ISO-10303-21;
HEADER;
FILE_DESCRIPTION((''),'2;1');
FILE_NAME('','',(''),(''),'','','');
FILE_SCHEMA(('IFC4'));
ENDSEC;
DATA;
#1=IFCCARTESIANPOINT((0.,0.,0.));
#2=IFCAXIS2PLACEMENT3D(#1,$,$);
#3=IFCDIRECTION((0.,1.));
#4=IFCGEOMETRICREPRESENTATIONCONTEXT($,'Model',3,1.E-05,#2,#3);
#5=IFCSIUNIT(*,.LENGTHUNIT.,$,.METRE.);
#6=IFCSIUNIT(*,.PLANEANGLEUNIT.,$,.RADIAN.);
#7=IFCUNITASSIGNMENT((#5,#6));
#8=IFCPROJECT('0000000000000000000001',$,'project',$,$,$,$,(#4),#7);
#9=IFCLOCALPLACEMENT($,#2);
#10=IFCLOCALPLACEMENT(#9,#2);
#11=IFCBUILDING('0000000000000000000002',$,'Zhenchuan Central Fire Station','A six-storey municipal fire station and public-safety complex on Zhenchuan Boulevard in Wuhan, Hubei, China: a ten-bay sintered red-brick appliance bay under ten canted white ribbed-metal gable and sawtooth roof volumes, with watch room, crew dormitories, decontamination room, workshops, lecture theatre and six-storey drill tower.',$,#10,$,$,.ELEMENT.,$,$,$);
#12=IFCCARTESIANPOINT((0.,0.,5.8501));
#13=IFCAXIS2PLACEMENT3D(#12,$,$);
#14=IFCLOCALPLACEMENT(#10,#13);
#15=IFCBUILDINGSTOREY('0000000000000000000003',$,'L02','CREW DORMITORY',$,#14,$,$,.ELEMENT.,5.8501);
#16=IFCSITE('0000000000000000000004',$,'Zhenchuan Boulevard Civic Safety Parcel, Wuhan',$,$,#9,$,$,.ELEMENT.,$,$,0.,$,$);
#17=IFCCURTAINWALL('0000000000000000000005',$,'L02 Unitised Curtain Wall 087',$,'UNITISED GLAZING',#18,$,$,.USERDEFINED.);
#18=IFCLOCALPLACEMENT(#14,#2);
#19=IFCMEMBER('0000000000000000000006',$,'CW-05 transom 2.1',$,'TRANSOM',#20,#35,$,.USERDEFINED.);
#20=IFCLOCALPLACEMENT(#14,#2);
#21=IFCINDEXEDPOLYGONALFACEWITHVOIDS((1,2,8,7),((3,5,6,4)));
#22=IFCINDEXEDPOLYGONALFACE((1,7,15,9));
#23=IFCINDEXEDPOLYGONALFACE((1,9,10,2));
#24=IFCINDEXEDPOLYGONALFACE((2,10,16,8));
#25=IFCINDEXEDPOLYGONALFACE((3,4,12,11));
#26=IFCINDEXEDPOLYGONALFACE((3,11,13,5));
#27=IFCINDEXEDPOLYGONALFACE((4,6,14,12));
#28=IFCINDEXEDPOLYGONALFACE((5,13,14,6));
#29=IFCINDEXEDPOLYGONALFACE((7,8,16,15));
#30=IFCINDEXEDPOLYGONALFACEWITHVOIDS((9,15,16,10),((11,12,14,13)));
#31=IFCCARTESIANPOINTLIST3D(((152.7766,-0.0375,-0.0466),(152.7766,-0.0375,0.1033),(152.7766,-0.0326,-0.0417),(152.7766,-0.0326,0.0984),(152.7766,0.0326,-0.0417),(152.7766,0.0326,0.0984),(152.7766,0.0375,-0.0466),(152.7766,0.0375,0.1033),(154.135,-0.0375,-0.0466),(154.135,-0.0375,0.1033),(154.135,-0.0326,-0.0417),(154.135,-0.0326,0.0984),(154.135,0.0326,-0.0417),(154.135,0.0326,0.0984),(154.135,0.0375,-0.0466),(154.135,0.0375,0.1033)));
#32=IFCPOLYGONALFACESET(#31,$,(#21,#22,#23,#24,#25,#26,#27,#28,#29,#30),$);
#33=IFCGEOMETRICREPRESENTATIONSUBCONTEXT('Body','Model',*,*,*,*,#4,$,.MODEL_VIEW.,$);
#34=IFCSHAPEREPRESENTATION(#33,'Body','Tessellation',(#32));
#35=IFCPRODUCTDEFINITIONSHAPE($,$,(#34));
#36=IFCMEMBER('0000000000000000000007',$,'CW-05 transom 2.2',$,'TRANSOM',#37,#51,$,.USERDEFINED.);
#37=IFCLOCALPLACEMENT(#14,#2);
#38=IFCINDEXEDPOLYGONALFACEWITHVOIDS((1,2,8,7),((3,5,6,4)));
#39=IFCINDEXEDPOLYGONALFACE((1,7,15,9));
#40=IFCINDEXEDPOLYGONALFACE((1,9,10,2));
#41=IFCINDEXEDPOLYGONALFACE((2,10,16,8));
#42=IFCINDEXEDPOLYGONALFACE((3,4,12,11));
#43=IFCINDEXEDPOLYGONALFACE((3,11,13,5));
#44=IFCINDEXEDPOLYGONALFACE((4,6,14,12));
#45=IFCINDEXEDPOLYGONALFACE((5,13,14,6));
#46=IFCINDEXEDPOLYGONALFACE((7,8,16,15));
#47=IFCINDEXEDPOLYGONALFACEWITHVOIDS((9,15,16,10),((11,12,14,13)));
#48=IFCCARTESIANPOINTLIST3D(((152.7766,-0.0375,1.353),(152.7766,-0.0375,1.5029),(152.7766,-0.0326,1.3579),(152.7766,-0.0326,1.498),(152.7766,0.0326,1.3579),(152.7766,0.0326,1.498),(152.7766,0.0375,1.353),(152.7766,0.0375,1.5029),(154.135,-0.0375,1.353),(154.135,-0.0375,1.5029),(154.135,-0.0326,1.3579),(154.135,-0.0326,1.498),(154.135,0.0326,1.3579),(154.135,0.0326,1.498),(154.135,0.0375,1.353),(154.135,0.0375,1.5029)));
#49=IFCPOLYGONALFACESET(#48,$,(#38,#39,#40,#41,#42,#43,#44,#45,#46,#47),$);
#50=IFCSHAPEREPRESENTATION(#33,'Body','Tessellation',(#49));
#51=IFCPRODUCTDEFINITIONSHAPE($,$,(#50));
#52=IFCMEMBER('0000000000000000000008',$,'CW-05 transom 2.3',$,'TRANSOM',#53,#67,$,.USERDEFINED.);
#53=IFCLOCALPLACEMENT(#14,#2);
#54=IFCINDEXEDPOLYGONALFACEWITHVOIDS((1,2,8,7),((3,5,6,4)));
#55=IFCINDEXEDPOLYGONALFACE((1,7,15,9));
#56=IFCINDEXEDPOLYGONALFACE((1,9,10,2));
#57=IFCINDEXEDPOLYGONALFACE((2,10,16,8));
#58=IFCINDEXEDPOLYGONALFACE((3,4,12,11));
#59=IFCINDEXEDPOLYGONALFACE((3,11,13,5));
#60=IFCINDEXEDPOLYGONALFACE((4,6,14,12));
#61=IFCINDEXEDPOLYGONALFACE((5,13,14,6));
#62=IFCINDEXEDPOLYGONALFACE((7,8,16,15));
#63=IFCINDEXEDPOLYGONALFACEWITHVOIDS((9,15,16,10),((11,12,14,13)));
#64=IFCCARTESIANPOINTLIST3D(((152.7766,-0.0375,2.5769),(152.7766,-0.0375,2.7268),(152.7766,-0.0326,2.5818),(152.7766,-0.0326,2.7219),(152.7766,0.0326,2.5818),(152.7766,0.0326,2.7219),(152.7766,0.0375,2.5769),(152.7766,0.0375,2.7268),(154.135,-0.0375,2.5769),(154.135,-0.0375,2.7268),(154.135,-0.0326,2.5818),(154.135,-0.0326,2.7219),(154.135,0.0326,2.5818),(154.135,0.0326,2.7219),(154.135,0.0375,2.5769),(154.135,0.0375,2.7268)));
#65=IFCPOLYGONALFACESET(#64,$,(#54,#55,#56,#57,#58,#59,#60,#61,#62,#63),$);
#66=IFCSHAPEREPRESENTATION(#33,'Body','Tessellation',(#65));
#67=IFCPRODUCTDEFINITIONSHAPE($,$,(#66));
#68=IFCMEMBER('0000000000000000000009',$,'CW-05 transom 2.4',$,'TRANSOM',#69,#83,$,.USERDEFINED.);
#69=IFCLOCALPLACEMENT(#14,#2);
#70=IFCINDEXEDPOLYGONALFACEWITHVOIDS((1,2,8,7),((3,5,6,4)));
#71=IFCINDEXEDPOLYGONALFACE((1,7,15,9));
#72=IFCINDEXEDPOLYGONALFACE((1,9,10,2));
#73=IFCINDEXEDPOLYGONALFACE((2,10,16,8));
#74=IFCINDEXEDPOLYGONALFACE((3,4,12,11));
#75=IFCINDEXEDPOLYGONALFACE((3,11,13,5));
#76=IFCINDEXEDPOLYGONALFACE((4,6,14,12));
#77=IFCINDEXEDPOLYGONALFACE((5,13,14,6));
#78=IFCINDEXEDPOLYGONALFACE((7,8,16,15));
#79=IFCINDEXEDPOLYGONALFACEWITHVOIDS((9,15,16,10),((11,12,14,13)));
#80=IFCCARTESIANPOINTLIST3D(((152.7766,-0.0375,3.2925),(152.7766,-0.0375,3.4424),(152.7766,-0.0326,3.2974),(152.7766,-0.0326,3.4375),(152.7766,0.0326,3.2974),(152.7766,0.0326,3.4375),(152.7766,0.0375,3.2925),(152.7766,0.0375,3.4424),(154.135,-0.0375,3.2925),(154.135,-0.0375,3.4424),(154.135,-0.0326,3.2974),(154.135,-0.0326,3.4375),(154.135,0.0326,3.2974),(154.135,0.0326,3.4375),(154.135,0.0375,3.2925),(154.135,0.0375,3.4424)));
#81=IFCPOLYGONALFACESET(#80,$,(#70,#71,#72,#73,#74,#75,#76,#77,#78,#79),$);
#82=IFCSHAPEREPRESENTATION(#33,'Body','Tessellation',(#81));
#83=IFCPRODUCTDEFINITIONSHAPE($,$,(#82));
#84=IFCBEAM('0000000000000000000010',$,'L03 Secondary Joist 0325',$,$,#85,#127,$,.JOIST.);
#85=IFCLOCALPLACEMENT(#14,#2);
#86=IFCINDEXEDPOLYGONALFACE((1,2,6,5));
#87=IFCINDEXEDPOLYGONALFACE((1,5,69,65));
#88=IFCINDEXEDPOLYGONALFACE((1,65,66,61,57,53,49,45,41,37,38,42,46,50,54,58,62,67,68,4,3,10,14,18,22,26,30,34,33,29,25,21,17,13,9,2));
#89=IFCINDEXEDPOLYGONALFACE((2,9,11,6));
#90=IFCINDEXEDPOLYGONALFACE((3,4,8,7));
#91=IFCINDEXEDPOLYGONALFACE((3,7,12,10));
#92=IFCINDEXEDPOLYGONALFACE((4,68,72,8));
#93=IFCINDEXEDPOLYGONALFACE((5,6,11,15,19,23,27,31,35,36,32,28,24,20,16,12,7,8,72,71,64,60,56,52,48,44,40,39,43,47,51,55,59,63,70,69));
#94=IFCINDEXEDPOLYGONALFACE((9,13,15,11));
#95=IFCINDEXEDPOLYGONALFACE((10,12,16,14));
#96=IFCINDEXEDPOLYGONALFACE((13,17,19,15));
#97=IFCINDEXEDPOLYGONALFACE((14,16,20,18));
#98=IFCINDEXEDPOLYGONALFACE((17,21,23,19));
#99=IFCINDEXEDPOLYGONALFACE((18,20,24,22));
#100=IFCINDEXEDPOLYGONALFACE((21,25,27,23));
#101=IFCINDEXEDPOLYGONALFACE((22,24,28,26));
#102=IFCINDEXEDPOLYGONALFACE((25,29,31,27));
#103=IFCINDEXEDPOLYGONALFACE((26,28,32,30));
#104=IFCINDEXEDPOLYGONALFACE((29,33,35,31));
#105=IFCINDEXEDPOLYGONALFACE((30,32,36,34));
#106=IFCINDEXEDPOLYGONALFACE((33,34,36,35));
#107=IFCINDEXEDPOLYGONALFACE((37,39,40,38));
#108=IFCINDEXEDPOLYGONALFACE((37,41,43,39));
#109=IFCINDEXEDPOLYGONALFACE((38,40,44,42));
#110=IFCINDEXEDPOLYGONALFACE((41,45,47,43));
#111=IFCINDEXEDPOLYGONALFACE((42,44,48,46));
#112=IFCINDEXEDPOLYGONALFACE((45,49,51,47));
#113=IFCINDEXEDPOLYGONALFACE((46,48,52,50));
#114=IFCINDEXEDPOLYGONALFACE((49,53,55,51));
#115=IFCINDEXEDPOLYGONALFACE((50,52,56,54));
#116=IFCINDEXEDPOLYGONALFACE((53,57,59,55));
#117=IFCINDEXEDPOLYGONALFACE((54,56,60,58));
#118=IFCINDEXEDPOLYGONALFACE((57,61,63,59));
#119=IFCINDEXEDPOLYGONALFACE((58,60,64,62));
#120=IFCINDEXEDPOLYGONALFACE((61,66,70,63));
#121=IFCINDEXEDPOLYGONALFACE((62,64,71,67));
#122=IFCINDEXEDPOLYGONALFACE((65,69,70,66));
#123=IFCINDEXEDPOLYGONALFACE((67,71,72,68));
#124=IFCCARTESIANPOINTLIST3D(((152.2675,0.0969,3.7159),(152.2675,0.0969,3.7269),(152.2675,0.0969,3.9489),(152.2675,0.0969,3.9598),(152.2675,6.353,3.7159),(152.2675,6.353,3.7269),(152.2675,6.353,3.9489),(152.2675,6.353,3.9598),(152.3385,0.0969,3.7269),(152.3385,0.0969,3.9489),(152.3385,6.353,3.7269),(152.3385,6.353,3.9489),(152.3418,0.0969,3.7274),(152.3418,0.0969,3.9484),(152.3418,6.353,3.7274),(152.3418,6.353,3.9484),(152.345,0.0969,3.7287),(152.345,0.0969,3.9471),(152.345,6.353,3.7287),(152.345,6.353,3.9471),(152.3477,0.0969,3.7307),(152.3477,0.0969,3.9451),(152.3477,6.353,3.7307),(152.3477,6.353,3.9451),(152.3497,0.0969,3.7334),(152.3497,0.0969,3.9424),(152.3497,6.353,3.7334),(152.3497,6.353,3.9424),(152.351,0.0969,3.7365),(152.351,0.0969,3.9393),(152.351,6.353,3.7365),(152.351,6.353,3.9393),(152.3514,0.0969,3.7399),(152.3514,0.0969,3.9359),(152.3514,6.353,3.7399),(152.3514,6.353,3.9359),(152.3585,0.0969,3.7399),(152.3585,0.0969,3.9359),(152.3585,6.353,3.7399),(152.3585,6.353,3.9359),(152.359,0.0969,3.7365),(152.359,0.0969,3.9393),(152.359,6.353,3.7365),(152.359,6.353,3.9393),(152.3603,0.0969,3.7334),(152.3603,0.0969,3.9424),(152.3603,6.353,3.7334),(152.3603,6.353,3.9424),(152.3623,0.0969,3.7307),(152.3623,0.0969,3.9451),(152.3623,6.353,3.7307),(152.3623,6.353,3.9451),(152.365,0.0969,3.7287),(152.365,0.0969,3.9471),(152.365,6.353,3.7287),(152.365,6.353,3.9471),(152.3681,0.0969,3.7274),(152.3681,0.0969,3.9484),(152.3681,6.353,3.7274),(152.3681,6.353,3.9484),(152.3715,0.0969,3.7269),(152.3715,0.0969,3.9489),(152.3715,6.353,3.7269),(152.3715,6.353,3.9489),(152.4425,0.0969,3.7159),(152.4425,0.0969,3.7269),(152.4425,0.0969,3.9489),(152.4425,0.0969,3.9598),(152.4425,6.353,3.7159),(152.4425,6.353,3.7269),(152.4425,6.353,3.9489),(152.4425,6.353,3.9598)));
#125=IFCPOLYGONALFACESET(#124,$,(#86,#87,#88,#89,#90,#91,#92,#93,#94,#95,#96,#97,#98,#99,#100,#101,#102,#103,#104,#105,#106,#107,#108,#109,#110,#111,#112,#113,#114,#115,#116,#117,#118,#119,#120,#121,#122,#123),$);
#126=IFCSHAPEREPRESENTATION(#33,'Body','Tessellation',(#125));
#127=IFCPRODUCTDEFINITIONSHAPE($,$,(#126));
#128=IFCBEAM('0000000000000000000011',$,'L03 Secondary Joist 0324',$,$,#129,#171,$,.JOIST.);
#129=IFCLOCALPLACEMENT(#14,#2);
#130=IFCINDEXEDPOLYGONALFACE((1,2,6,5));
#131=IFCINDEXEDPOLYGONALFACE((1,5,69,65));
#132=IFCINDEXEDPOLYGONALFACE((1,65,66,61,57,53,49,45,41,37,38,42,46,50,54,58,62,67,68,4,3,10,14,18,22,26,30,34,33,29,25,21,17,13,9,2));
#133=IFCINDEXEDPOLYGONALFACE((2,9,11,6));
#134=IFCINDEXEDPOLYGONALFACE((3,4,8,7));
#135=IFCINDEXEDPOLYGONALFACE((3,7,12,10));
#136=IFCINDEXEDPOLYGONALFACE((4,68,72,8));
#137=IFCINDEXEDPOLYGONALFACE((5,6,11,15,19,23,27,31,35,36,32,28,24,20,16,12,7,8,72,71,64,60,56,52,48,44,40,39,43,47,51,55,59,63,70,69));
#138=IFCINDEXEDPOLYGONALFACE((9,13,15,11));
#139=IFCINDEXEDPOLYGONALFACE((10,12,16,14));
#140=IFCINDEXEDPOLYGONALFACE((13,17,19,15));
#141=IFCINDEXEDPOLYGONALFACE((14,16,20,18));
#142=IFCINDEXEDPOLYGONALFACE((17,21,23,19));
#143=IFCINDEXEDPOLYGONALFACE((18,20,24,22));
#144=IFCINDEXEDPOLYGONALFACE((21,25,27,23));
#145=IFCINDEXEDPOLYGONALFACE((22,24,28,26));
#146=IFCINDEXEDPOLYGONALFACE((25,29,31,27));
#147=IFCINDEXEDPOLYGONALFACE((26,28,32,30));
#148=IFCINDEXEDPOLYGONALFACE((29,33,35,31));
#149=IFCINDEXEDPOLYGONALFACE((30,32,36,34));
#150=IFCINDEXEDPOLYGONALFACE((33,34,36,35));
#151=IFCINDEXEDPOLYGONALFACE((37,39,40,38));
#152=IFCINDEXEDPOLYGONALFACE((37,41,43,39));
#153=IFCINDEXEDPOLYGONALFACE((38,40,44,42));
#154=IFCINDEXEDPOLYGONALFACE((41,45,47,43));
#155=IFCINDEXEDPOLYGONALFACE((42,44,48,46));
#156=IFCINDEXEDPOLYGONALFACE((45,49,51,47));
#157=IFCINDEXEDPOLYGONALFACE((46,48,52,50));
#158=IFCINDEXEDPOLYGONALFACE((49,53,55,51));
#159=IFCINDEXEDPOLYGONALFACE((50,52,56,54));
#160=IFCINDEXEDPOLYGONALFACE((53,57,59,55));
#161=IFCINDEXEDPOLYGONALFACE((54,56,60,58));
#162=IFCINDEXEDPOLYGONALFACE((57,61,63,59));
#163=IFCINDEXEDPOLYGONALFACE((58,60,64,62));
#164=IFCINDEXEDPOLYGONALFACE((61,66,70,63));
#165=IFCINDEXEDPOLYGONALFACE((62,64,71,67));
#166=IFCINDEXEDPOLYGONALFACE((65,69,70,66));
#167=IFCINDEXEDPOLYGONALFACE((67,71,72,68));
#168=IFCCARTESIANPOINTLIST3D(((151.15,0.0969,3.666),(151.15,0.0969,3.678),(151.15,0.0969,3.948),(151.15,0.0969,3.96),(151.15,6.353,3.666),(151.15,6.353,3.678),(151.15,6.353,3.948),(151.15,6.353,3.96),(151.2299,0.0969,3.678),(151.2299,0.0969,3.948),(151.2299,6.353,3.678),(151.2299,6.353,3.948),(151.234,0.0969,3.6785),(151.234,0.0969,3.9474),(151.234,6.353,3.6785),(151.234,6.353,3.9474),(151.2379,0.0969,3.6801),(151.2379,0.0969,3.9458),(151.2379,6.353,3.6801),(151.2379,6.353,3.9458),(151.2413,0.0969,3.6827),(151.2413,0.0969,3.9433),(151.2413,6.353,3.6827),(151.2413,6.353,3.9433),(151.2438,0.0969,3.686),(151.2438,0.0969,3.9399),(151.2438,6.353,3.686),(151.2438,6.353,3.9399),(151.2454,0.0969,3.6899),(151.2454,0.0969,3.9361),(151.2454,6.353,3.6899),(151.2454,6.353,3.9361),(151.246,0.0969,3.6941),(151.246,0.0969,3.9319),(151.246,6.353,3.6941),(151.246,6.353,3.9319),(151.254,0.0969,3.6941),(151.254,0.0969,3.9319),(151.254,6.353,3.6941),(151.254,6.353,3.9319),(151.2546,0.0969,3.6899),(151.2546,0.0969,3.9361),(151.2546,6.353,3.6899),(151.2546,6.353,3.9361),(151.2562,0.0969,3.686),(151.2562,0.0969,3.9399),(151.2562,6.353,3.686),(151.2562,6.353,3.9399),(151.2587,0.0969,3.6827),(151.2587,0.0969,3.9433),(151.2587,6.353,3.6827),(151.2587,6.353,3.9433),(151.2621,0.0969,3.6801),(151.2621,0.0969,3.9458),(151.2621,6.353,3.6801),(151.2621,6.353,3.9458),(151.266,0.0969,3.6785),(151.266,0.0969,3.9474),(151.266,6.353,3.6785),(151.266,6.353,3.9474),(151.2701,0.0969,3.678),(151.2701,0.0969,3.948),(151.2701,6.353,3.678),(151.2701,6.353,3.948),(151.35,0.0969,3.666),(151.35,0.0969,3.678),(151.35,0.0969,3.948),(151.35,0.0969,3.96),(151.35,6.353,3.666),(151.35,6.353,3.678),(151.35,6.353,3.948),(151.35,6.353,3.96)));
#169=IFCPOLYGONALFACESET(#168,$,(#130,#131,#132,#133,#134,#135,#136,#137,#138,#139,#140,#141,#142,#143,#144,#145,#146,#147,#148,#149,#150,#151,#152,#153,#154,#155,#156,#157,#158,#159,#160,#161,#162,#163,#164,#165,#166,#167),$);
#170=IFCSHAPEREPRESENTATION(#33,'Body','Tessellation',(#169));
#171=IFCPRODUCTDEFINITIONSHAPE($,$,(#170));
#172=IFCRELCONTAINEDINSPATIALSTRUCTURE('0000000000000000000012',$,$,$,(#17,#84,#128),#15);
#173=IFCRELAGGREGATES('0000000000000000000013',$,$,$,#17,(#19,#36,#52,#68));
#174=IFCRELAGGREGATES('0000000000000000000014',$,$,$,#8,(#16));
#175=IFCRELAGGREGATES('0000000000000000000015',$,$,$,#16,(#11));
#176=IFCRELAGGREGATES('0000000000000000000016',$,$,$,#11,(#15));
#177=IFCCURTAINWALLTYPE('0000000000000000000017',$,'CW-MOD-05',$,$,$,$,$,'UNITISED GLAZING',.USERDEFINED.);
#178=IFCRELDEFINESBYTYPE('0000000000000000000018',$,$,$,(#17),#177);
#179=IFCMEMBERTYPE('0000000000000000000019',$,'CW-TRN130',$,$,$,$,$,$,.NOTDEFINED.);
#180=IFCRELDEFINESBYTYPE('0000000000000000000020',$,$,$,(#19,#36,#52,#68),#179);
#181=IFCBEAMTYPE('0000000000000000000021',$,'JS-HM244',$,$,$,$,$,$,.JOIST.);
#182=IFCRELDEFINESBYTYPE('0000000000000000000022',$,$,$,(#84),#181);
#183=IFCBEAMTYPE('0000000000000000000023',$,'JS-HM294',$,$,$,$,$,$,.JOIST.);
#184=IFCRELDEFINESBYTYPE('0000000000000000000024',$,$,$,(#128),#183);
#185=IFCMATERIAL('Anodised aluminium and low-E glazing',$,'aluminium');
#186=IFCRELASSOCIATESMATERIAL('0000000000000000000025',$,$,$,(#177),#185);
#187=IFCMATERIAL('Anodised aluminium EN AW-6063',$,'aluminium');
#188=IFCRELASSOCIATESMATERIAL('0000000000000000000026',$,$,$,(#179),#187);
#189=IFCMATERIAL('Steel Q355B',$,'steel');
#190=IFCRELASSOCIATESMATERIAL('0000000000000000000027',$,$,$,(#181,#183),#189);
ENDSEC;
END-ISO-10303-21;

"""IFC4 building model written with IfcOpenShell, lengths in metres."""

from ifc_helpers import new_model, si_unit, direction, frame, origin, origin_2d, place, context, subcontext, project, spatial, hollow_rectangle, i_section, extrude, material, material_profile, profile_set, type_object, element, aggregate, save


model = new_model("IFC4")

# Units and contexts
model_context = context("Model", 3, precision=1e-05, world=origin(), true_north=direction((0.0, 1.0)))
body_context = subcontext(model_context, "Body", "Model", "MODEL_VIEW")
ifc_project = project(units=[si_unit("LENGTHUNIT", "METRE"), si_unit("PLANEANGLEUNIT", "RADIAN")], contexts=[model_context])

# Site, building, storey
site_placement = place(None, origin())
site = spatial("IfcSite", under=ifc_project, at=site_placement, Name="Zhenchuan Boulevard Civic Safety Parcel, Wuhan", CompositionType="ELEMENT", RefElevation=0.0)
building_placement = place(site_placement, origin())
building = spatial("IfcBuilding", under=site, at=building_placement, Name="Zhenchuan Central Fire Station", Description="A six-storey municipal fire station and public-safety complex on Zhenchuan Boulevard in Wuhan, Hubei, China: a ten-bay sintered red-brick appliance bay under ten canted white ribbed-metal gable and sawtooth roof volumes, with watch room, crew dormitories, decontamination room, workshops, lecture theatre and six-storey drill tower.", CompositionType="ELEMENT")
storey_placement = place(building_placement, frame((0.0, 0.0, 5.8501)))
storey = spatial("IfcBuildingStorey", under=building, at=storey_placement, Name="L02", Description="CREW DORMITORY", CompositionType="ELEMENT", Elevation=5.8501)

# Shared definitions
ifc_material_1 = material(Name="Steel Q355B", Category="steel")

# Curtain wall
ifc_material_2 = material(Name="Anodised aluminium and low-E glazing", Category="aluminium")
ifc_material_3 = material(Name="Anodised aluminium EN AW-6063", Category="aluminium")
curtain_wall_type_1 = type_object("IfcCurtainWallType", Name="CW-MOD-05", ElementType="UNITISED GLAZING", PredefinedType="USERDEFINED", material=ifc_material_2)
curtain_wall_1_placement = place(storey_placement, origin())
curtain_wall_1 = element("IfcCurtainWall", 1, at=curtain_wall_1_placement, inside=storey, type_object=curtain_wall_type_1, Name="L02 Unitised Curtain Wall 087", ObjectType="UNITISED GLAZING", PredefinedType="USERDEFINED")

# Members
ifc_material_profile_1 = material_profile(ifc_material_3, hollow_rectangle(XDim=0.075, YDim=0.1499, WallThickness=0.0049, at=origin_2d()), Name="ALU-T 150x75")
ifc_profile_set_1 = profile_set([ifc_material_profile_1], Name="Anodised aluminium EN AW-6063")
member_type_1 = type_object("IfcMemberType", Name="CW-TRN130", PredefinedType="NOTDEFINED", material=ifc_profile_set_1)
member_1_placement = place(storey_placement, frame((152.7766, 0.0, 0.0283), z_axis=(1.0, 0.0, 0.0), x_axis=(0.0, 1.0, 0.0)))
member_1 = element("IfcMember", 2, at=member_1_placement, type_object=member_type_1, Name="CW-05 transom 2.1", ObjectType="TRANSOM", PredefinedType="USERDEFINED", context=body_context, shape_type="SweptSolid", body=[
    extrude(hollow_rectangle(XDim=0.075, YDim=0.1499, WallThickness=0.0049, at=origin_2d()), origin(), (0.0, 0.0, 1.0), 1.3584),
])
member_2_placement = place(storey_placement, frame((152.7766, 0.0, 1.428), z_axis=(1.0, 0.0, 0.0), x_axis=(0.0, 1.0, 0.0)))
member_2 = element("IfcMember", 3, at=member_2_placement, type_object=member_type_1, Name="CW-05 transom 2.2", ObjectType="TRANSOM", PredefinedType="USERDEFINED", context=body_context, shape_type="SweptSolid", body=[
    extrude(hollow_rectangle(XDim=0.075, YDim=0.1499, WallThickness=0.0049, at=origin_2d()), origin(), (0.0, 0.0, 1.0), 1.3584),
])
member_3_placement = place(storey_placement, frame((152.7766, 0.0, 2.6519), z_axis=(1.0, 0.0, 0.0), x_axis=(0.0, 1.0, 0.0)))
member_3 = element("IfcMember", 4, at=member_3_placement, type_object=member_type_1, Name="CW-05 transom 2.3", ObjectType="TRANSOM", PredefinedType="USERDEFINED", context=body_context, shape_type="SweptSolid", body=[
    extrude(hollow_rectangle(XDim=0.075, YDim=0.1499, WallThickness=0.0049, at=origin_2d()), origin(), (0.0, 0.0, 1.0), 1.3584),
])
member_4_placement = place(storey_placement, frame((152.7766, 0.0, 3.3674), z_axis=(1.0, 0.0, 0.0), x_axis=(0.0, 1.0, 0.0)))
member_4 = element("IfcMember", 5, at=member_4_placement, type_object=member_type_1, Name="CW-05 transom 2.4", ObjectType="TRANSOM", PredefinedType="USERDEFINED", context=body_context, shape_type="SweptSolid", body=[
    extrude(hollow_rectangle(XDim=0.075, YDim=0.1499, WallThickness=0.0049, at=origin_2d()), origin(), (0.0, 0.0, 1.0), 1.3584),
])

# Beams
ifc_material_profile_2 = material_profile(ifc_material_1, i_section(OverallWidth=0.175, OverallDepth=0.2439, WebThickness=0.0071, FlangeThickness=0.011, FilletRadius=0.0129, at=origin_2d()), Name="HM 244x175")
ifc_profile_set_2 = profile_set([ifc_material_profile_2], Name="Steel Q355B")
beam_type_1 = type_object("IfcBeamType", Name="JS-HM244", PredefinedType="JOIST", material=ifc_profile_set_2)
beam_1_placement = place(storey_placement, frame((152.355, 0.0969, 3.8379), z_axis=(0.0, 1.0, 0.0), x_axis=(-1.0, 0.0, 0.0)))
element("IfcBeam", 6, at=beam_1_placement, inside=storey, type_object=beam_type_1, Name="L03 Secondary Joist 0325", PredefinedType="JOIST", context=body_context, shape_type="SweptSolid", body=[
    extrude(i_section(OverallWidth=0.175, OverallDepth=0.2439, WebThickness=0.0071, FlangeThickness=0.011, FilletRadius=0.0129, at=origin_2d()), origin(), (0.0, 0.0, 1.0), 6.2561),
])
ifc_material_profile_3 = material_profile(ifc_material_1, i_section(OverallWidth=0.2, OverallDepth=0.2939, WebThickness=0.0081, FlangeThickness=0.012, FilletRadius=0.0161, at=origin_2d()), Name="HM 294x200")
ifc_profile_set_3 = profile_set([ifc_material_profile_3], Name="Steel Q355B")
beam_type_2 = type_object("IfcBeamType", Name="JS-HM294", PredefinedType="JOIST", material=ifc_profile_set_3)
beam_2_placement = place(storey_placement, frame((151.25, 0.0969, 3.813), z_axis=(0.0, 1.0, 0.0), x_axis=(-1.0, 0.0, 0.0)))
element("IfcBeam", 7, at=beam_2_placement, inside=storey, type_object=beam_type_2, Name="L03 Secondary Joist 0324", PredefinedType="JOIST", context=body_context, shape_type="SweptSolid", body=[
    extrude(i_section(OverallWidth=0.2, OverallDepth=0.2939, WebThickness=0.0081, FlangeThickness=0.012, FilletRadius=0.0161, at=origin_2d()), origin(), (0.0, 0.0, 1.0), 6.2561),
])

aggregate(curtain_wall_1, [member_1, member_2, member_3, member_4])

save(model, "model.ifc")
